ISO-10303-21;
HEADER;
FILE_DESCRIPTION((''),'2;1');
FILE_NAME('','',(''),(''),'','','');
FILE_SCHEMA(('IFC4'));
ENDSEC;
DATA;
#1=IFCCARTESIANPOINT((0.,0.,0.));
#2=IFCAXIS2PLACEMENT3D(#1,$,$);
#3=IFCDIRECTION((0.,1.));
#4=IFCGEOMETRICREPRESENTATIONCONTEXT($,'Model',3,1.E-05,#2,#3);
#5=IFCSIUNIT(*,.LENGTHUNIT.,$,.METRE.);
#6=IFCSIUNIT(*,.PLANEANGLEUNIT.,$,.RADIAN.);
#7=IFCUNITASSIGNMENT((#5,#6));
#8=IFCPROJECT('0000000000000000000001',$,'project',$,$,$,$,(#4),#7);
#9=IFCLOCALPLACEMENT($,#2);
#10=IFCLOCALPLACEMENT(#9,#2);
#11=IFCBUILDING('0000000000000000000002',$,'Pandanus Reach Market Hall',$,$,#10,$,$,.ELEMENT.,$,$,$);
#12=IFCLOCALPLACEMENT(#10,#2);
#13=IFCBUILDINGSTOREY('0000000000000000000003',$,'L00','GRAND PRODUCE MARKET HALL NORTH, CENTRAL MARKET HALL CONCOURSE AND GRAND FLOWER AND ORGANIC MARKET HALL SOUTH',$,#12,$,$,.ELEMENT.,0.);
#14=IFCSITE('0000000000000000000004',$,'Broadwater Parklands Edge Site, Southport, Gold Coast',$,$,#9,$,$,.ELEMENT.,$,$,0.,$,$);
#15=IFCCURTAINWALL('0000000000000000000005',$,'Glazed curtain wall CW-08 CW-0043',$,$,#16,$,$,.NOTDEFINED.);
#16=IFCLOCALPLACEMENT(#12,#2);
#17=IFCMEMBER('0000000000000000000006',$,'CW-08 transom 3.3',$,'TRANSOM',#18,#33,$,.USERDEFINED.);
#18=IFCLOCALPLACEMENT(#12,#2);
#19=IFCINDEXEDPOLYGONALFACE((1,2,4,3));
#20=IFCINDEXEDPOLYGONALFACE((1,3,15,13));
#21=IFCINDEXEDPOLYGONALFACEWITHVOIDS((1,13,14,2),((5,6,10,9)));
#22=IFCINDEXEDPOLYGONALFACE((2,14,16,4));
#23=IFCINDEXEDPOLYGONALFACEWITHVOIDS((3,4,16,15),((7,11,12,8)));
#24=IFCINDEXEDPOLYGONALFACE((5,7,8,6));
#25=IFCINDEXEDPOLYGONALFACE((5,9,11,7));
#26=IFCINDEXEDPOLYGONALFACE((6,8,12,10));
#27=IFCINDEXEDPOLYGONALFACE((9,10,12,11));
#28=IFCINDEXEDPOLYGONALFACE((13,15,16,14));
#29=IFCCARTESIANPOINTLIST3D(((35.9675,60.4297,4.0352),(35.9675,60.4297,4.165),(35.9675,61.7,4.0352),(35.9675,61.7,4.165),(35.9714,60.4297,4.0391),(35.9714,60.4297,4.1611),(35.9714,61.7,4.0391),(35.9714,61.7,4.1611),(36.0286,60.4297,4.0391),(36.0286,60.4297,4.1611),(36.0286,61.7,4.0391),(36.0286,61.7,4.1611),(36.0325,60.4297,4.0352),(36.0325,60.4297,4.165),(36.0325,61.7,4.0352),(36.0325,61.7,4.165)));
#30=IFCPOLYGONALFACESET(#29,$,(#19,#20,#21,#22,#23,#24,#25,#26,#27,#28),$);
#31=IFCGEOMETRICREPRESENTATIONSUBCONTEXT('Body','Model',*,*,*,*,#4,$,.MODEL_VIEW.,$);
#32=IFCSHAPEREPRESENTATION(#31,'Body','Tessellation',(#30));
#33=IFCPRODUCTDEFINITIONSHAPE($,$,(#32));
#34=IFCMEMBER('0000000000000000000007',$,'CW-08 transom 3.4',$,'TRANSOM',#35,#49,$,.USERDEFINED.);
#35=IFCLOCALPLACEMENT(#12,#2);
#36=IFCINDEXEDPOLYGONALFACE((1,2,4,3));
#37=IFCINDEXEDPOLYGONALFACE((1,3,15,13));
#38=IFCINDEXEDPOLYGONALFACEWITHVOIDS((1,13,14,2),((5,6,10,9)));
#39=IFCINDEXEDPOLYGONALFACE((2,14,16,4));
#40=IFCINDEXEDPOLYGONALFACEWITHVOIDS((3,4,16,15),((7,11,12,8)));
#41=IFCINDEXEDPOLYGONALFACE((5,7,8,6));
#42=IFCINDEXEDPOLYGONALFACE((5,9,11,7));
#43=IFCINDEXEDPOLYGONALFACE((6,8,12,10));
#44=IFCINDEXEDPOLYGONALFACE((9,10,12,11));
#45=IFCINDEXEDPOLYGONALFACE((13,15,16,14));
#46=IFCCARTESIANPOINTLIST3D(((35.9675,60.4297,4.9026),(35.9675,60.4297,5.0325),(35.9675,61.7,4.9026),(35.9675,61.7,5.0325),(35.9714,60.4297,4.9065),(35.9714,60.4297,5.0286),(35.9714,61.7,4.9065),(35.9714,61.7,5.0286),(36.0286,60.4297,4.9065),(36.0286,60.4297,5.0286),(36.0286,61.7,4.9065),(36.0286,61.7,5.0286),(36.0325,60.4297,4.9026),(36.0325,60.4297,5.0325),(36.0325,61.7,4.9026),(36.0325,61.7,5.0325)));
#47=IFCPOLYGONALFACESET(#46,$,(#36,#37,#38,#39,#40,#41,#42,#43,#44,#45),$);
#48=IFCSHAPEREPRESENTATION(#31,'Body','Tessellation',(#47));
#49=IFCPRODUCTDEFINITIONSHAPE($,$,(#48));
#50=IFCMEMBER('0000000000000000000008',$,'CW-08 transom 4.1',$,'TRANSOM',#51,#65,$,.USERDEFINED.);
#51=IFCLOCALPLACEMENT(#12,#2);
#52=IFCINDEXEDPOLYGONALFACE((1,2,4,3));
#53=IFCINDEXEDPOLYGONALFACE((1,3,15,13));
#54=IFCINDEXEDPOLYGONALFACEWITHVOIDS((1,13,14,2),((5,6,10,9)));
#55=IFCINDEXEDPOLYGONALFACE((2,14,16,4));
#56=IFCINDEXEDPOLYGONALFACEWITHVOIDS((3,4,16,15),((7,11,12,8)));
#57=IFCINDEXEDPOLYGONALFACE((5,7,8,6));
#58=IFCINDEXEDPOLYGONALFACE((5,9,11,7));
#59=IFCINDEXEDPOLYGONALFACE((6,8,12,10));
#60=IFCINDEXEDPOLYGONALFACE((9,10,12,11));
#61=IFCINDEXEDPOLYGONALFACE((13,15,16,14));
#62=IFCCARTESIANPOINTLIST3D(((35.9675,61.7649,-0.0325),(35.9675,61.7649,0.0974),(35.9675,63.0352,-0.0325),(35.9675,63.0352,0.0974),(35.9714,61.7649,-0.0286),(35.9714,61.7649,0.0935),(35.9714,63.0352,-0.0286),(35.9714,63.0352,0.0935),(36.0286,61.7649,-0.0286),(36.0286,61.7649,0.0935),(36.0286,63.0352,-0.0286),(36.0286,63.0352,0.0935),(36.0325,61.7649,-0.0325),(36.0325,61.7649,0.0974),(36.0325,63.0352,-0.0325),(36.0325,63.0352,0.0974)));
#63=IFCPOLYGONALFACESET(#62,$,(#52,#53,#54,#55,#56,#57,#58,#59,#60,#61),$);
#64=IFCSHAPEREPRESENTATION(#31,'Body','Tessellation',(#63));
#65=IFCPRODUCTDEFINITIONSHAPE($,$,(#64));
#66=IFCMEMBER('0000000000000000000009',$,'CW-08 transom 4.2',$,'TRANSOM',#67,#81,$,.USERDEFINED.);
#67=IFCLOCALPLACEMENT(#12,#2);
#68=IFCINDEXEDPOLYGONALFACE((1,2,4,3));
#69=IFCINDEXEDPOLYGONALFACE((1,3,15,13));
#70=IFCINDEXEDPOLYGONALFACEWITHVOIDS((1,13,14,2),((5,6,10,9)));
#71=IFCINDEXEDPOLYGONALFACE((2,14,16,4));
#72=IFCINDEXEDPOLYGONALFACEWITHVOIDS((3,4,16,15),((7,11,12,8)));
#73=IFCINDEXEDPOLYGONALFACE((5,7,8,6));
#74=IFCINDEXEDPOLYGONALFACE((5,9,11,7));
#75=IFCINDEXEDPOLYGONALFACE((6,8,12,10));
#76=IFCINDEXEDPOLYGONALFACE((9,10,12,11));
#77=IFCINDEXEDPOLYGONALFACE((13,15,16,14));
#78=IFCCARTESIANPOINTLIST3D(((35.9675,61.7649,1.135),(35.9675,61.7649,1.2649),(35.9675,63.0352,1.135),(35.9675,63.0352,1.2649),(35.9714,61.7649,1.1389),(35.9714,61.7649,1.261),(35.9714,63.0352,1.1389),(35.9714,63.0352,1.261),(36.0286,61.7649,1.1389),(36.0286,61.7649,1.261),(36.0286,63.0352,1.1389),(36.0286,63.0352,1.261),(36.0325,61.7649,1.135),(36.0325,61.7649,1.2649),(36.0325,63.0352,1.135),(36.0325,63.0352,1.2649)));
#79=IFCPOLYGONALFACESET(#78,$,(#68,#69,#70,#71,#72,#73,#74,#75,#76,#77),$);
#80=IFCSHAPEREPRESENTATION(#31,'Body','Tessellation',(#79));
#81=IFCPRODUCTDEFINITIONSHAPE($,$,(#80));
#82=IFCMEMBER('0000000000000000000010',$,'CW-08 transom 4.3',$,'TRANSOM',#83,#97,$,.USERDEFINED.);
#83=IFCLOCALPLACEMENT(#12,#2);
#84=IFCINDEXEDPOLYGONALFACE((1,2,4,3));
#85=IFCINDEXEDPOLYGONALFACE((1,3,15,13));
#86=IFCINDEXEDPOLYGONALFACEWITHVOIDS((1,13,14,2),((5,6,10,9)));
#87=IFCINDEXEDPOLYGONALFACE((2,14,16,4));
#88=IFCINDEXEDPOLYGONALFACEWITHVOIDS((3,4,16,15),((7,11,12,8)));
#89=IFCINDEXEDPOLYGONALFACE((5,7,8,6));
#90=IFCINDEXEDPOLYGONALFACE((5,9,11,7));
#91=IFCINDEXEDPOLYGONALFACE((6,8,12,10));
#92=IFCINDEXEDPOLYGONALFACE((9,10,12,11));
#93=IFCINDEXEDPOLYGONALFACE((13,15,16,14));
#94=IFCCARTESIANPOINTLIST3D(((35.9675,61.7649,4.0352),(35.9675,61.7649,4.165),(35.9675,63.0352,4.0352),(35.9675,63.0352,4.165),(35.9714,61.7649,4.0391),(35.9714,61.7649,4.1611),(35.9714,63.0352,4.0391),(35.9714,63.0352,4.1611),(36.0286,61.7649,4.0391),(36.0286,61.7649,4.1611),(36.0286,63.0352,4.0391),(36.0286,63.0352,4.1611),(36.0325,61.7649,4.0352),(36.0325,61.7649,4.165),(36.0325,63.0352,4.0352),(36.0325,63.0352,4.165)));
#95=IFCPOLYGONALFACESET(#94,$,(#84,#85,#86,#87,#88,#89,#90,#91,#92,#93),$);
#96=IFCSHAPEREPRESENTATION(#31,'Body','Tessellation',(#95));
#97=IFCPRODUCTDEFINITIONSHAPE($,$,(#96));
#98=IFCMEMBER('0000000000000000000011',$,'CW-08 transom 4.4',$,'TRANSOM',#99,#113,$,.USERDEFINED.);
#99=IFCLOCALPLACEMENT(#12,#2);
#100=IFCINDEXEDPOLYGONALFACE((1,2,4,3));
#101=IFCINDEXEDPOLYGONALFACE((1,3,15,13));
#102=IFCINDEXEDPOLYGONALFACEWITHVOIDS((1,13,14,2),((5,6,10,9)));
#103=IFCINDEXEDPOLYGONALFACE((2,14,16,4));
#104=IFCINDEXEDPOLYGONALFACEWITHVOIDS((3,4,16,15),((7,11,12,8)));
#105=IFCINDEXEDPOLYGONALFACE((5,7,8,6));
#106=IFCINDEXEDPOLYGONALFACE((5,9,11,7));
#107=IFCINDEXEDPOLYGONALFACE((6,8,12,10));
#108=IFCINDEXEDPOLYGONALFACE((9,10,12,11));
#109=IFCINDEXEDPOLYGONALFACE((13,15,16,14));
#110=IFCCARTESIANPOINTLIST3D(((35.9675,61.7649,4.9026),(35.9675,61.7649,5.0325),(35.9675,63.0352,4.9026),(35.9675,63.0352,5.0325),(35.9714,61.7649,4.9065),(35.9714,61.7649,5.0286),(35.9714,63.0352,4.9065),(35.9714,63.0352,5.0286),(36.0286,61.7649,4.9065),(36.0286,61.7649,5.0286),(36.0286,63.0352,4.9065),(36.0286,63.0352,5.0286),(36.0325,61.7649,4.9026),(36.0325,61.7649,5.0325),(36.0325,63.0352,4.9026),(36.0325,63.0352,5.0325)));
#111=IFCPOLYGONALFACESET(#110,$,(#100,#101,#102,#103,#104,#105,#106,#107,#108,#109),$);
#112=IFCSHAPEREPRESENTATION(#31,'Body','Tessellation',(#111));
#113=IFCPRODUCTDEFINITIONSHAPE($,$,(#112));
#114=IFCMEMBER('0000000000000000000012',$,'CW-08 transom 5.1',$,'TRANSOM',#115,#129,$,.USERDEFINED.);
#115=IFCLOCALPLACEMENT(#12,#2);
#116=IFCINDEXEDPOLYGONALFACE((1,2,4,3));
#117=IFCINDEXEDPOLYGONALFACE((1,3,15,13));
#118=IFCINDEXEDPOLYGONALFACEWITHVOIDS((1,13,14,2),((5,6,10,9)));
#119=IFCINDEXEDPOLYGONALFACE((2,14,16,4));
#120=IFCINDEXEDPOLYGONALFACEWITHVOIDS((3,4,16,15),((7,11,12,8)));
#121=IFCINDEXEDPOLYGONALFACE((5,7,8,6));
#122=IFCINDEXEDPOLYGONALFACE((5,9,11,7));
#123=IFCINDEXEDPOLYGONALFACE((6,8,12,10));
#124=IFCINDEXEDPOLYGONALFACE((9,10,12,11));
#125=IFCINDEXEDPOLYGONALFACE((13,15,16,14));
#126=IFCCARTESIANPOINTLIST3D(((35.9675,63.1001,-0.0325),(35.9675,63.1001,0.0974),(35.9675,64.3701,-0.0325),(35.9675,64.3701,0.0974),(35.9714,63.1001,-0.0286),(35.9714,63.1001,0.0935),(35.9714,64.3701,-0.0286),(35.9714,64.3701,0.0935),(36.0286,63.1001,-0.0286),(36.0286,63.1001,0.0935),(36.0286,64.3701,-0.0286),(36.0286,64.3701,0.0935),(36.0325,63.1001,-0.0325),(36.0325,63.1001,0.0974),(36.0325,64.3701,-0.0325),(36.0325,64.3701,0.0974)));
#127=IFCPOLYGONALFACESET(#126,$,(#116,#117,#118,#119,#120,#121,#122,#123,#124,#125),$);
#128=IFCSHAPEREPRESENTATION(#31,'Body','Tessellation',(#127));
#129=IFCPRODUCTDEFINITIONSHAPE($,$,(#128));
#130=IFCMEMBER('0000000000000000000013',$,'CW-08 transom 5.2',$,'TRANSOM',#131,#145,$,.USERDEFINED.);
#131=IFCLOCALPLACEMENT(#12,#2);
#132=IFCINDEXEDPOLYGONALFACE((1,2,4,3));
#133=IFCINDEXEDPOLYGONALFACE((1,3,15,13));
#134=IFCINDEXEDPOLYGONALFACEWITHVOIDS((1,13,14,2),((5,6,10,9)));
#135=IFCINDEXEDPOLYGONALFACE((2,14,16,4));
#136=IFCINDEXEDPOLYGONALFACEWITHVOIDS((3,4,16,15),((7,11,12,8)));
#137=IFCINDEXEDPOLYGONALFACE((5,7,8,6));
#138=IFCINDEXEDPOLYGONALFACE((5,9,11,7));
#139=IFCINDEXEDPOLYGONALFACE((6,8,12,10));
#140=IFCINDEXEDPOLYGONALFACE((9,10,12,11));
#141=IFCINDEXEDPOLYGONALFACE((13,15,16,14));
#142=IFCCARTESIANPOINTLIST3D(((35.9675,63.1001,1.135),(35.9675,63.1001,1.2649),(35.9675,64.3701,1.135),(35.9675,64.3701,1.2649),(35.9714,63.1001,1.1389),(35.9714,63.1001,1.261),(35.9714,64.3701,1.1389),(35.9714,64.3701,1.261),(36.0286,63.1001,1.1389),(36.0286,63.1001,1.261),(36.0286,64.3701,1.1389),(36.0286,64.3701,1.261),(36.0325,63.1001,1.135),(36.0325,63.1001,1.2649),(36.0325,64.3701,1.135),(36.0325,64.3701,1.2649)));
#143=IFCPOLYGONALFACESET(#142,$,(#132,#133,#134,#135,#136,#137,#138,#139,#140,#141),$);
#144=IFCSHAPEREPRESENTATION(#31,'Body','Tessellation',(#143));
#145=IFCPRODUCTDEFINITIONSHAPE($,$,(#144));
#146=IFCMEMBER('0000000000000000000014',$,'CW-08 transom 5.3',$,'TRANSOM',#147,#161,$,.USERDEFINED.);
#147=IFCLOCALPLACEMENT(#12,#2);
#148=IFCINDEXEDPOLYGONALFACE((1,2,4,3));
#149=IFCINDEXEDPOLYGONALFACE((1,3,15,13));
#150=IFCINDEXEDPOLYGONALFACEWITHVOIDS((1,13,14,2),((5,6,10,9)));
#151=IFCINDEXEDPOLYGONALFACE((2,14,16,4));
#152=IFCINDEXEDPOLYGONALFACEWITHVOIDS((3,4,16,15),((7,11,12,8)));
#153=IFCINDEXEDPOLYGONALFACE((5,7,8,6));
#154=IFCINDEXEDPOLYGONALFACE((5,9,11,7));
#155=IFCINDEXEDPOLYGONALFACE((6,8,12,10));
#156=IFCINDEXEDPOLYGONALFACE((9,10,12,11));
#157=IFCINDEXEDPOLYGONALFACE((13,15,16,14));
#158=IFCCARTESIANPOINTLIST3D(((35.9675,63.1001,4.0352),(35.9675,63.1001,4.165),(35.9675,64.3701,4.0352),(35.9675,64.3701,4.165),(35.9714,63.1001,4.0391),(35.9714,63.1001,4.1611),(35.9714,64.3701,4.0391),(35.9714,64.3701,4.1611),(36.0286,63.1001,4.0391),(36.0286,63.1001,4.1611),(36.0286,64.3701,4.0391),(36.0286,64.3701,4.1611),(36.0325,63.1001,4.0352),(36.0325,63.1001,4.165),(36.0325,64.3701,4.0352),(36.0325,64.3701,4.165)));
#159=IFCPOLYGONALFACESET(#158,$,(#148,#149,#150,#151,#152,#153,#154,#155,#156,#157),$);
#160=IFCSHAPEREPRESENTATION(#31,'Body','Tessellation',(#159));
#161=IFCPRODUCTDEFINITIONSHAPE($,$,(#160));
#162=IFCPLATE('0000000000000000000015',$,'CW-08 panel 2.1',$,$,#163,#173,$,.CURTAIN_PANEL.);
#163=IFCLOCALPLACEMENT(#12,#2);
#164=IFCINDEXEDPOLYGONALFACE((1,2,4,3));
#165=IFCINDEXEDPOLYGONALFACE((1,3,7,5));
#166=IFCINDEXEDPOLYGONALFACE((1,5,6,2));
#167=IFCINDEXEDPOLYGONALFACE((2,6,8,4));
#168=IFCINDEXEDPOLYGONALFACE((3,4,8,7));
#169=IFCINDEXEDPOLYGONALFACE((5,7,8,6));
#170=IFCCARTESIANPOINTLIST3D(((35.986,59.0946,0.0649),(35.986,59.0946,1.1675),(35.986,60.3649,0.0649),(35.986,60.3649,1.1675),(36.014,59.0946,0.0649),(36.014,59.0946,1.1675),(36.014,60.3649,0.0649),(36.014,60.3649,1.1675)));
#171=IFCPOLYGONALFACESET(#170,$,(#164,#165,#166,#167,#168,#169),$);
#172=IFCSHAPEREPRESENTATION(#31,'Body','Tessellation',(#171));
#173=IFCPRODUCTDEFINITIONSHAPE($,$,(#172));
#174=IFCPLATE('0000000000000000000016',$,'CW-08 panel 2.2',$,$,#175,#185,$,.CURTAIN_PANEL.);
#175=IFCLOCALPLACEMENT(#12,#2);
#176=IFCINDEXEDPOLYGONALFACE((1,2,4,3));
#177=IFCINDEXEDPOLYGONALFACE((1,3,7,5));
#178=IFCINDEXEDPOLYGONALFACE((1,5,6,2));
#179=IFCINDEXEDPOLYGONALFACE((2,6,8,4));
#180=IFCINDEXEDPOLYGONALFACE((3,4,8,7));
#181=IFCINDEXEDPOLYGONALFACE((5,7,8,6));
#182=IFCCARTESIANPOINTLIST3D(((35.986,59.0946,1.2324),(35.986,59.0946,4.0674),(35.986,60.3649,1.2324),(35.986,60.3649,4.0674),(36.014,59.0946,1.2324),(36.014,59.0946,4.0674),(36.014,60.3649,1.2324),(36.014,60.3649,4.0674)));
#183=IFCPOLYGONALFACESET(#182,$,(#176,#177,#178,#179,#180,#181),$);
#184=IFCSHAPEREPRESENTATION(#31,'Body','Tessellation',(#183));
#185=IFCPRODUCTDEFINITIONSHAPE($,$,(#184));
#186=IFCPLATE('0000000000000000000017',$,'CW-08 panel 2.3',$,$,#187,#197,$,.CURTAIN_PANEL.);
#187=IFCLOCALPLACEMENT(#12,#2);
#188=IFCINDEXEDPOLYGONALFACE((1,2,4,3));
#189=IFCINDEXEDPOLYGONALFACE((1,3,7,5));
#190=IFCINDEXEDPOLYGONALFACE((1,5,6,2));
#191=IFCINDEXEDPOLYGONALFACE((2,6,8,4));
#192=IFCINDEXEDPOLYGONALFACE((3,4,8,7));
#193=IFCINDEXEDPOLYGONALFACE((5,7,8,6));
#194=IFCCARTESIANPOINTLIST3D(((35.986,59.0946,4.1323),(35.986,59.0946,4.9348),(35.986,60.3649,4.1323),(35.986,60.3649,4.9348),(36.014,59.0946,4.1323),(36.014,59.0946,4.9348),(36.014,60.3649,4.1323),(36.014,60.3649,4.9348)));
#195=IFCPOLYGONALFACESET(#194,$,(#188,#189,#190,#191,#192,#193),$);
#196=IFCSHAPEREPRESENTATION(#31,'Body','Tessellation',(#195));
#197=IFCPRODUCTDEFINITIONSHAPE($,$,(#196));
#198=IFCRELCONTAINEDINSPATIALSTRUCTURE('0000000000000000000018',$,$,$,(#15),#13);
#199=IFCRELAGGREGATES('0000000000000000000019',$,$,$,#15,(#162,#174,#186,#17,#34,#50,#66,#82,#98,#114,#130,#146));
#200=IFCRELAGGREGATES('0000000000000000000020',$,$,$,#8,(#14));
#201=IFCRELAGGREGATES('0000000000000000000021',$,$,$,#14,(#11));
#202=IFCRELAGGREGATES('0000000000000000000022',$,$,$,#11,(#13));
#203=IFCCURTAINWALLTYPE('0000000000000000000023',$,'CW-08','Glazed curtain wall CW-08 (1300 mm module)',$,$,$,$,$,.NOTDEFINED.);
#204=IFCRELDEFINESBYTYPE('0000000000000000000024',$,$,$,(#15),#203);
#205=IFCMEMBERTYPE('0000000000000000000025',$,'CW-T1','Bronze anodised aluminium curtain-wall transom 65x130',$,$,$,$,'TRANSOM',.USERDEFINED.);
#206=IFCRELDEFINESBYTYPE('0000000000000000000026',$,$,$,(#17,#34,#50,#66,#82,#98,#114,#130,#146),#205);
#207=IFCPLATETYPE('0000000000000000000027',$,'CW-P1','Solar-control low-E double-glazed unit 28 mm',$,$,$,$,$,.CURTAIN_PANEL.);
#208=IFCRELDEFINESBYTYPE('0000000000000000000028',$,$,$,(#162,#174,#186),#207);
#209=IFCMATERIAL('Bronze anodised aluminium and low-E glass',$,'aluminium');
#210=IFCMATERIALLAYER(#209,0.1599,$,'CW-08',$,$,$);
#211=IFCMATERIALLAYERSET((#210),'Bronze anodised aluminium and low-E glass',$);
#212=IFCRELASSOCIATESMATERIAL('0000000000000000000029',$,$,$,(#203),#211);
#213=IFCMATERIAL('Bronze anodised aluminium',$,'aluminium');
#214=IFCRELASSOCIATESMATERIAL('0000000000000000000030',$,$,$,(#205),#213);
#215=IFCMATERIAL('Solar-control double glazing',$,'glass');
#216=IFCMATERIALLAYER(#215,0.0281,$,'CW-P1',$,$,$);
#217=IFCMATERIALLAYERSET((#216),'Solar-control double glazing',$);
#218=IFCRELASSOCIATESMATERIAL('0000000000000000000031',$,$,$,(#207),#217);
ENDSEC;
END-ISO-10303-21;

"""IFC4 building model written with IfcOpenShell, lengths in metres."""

from ifc_helpers import new_model, si_unit, direction, frame, origin, origin_2d, place, context, subcontext, project, spatial, rectangle, hollow_rectangle, extrude, material, layer, layer_set, material_profile, profile_set, type_object, element, aggregate, save


model = new_model("IFC4")

# Units and contexts
model_context = context("Model", 3, precision=1e-05, world=origin(), true_north=direction((0.0, 1.0)))
body_context = subcontext(model_context, "Body", "Model", "MODEL_VIEW")
ifc_project = project(units=[si_unit("LENGTHUNIT", "METRE"), si_unit("PLANEANGLEUNIT", "RADIAN")], contexts=[model_context])

# Site, building, storey
site_placement = place(None, origin())
site = spatial("IfcSite", under=ifc_project, at=site_placement, Name="Broadwater Parklands Edge Site, Southport, Gold Coast", CompositionType="ELEMENT", RefElevation=0.0)
building_placement = place(site_placement, origin())
building = spatial("IfcBuilding", under=site, at=building_placement, Name="Pandanus Reach Market Hall", CompositionType="ELEMENT")
storey_placement = place(building_placement, origin())
storey = spatial("IfcBuildingStorey", under=building, at=storey_placement, Name="L00", Description="GRAND PRODUCE MARKET HALL NORTH, CENTRAL MARKET HALL CONCOURSE AND GRAND FLOWER AND ORGANIC MARKET HALL SOUTH", CompositionType="ELEMENT", Elevation=0.0)

# Curtain wall, members, plates
ifc_material_1 = material(Name="Bronze anodised aluminium and low-E glass", Category="aluminium")
ifc_layer_1 = layer(ifc_material_1, 0.1599, Name="CW-08")
ifc_layer_set_1 = layer_set([ifc_layer_1], Name="Bronze anodised aluminium and low-E glass")
curtain_wall_type = type_object("IfcCurtainWallType", Name="CW-08", Description="Glazed curtain wall CW-08 (1300 mm module)", PredefinedType="NOTDEFINED", material=ifc_layer_set_1)
curtain_wall_placement = place(storey_placement, origin())
curtain_wall = element("IfcCurtainWall", 1, at=curtain_wall_placement, inside=storey, type_object=curtain_wall_type, Name="Glazed curtain wall CW-08 CW-0043", PredefinedType="NOTDEFINED")
ifc_material_2 = material(Name="Bronze anodised aluminium", Category="aluminium")
ifc_material_profile_1 = material_profile(ifc_material_2, hollow_rectangle(XDim=0.0649, YDim=0.1299, WallThickness=0.0039, at=origin_2d()), Name="ALU65x130", Category="LoadBearing")
ifc_profile_set_1 = profile_set([ifc_material_profile_1], Name="Bronze anodised aluminium")
member_type_1 = type_object("IfcMemberType", Name="CW-T1", Description="Bronze anodised aluminium curtain-wall transom 65x130", ElementType="TRANSOM", PredefinedType="USERDEFINED", material=ifc_profile_set_1)
member_1_placement = place(storey_placement, frame((36.0, 60.4297, 4.1001), z_axis=(0.0, 1.0, 0.0), x_axis=(-1.0, 0.0, 0.0)))
member_1 = element("IfcMember", 2, at=member_1_placement, type_object=member_type_1, Name="CW-08 transom 3.3", ObjectType="TRANSOM", PredefinedType="USERDEFINED", context=body_context, shape_type="SweptSolid", body=[
    extrude(hollow_rectangle(XDim=0.0649, YDim=0.1299, WallThickness=0.0039, at=origin_2d()), origin(), (0.0, 0.0, 1.0), 1.2703),
])
member_2_placement = place(storey_placement, frame((36.0, 60.4297, 4.9675), z_axis=(0.0, 1.0, 0.0), x_axis=(-1.0, 0.0, 0.0)))
member_2 = element("IfcMember", 3, at=member_2_placement, type_object=member_type_1, Name="CW-08 transom 3.4", ObjectType="TRANSOM", PredefinedType="USERDEFINED", context=body_context, shape_type="SweptSolid", body=[
    extrude(hollow_rectangle(XDim=0.0649, YDim=0.1299, WallThickness=0.0039, at=origin_2d()), origin(), (0.0, 0.0, 1.0), 1.2703),
])
member_3_placement = place(storey_placement, frame((36.0, 61.7649, 0.0325), z_axis=(0.0, 1.0, 0.0), x_axis=(-1.0, 0.0, 0.0)))
member_3 = element("IfcMember", 4, at=member_3_placement, type_object=member_type_1, Name="CW-08 transom 4.1", ObjectType="TRANSOM", PredefinedType="USERDEFINED", context=body_context, shape_type="SweptSolid", body=[
    extrude(hollow_rectangle(XDim=0.0649, YDim=0.1299, WallThickness=0.0039, at=origin_2d()), origin(), (0.0, 0.0, 1.0), 1.2703),
])
member_4_placement = place(storey_placement, frame((36.0, 61.7649, 1.2), z_axis=(0.0, 1.0, 0.0), x_axis=(-1.0, 0.0, 0.0)))
member_4 = element("IfcMember", 5, at=member_4_placement, type_object=member_type_1, Name="CW-08 transom 4.2", ObjectType="TRANSOM", PredefinedType="USERDEFINED", context=body_context, shape_type="SweptSolid", body=[
    extrude(hollow_rectangle(XDim=0.0649, YDim=0.1299, WallThickness=0.0039, at=origin_2d()), origin(), (0.0, 0.0, 1.0), 1.2703),
])
member_5_placement = place(storey_placement, frame((36.0, 61.7649, 4.1001), z_axis=(0.0, 1.0, 0.0), x_axis=(-1.0, 0.0, 0.0)))
member_5 = element("IfcMember", 6, at=member_5_placement, type_object=member_type_1, Name="CW-08 transom 4.3", ObjectType="TRANSOM", PredefinedType="USERDEFINED", context=body_context, shape_type="SweptSolid", body=[
    extrude(hollow_rectangle(XDim=0.0649, YDim=0.1299, WallThickness=0.0039, at=origin_2d()), origin(), (0.0, 0.0, 1.0), 1.2703),
])
member_6_placement = place(storey_placement, frame((36.0, 61.7649, 4.9675), z_axis=(0.0, 1.0, 0.0), x_axis=(-1.0, 0.0, 0.0)))
member_6 = element("IfcMember", 7, at=member_6_placement, type_object=member_type_1, Name="CW-08 transom 4.4", ObjectType="TRANSOM", PredefinedType="USERDEFINED", context=body_context, shape_type="SweptSolid", body=[
    extrude(hollow_rectangle(XDim=0.0649, YDim=0.1299, WallThickness=0.0039, at=origin_2d()), origin(), (0.0, 0.0, 1.0), 1.2703),
])
member_7_placement = place(storey_placement, frame((36.0, 63.1001, 0.0325), z_axis=(0.0, 1.0, 0.0), x_axis=(-1.0, 0.0, 0.0)))
member_7 = element("IfcMember", 8, at=member_7_placement, type_object=member_type_1, Name="CW-08 transom 5.1", ObjectType="TRANSOM", PredefinedType="USERDEFINED", context=body_context, shape_type="SweptSolid", body=[
    extrude(hollow_rectangle(XDim=0.0649, YDim=0.1299, WallThickness=0.0039, at=origin_2d()), origin(), (0.0, 0.0, 1.0), 1.27),
])
member_8_placement = place(storey_placement, frame((36.0, 63.1001, 1.2), z_axis=(0.0, 1.0, 0.0), x_axis=(-1.0, 0.0, 0.0)))
member_8 = element("IfcMember", 9, at=member_8_placement, type_object=member_type_1, Name="CW-08 transom 5.2", ObjectType="TRANSOM", PredefinedType="USERDEFINED", context=body_context, shape_type="SweptSolid", body=[
    extrude(hollow_rectangle(XDim=0.0649, YDim=0.1299, WallThickness=0.0039, at=origin_2d()), origin(), (0.0, 0.0, 1.0), 1.27),
])
member_9_placement = place(storey_placement, frame((36.0, 63.1001, 4.1001), z_axis=(0.0, 1.0, 0.0), x_axis=(-1.0, 0.0, 0.0)))
member_9 = element("IfcMember", 10, at=member_9_placement, type_object=member_type_1, Name="CW-08 transom 5.3", ObjectType="TRANSOM", PredefinedType="USERDEFINED", context=body_context, shape_type="SweptSolid", body=[
    extrude(hollow_rectangle(XDim=0.0649, YDim=0.1299, WallThickness=0.0039, at=origin_2d()), origin(), (0.0, 0.0, 1.0), 1.27),
])
ifc_material_3 = material(Name="Solar-control double glazing", Category="glass")
ifc_layer_2 = layer(ifc_material_3, 0.0281, Name="CW-P1")
ifc_layer_set_2 = layer_set([ifc_layer_2], Name="Solar-control double glazing")
plate_type = type_object("IfcPlateType", Name="CW-P1", Description="Solar-control low-E double-glazed unit 28 mm", PredefinedType="CURTAIN_PANEL", material=ifc_layer_set_2)
plate_1_placement = place(storey_placement, frame((36.0, 59.7297, 0.0649), z_axis=(0.0, 0.0, 1.0), x_axis=(0.0, 1.0, 0.0)))
plate_1 = element("IfcPlate", 11, at=plate_1_placement, type_object=plate_type, Name="CW-08 panel 2.1", PredefinedType="CURTAIN_PANEL", context=body_context, shape_type="SweptSolid", body=[
    extrude(rectangle(XDim=1.2703, YDim=0.0281, at=origin_2d()), origin(), (0.0, 0.0, 1.0), 1.1025),
])
plate_2_placement = place(storey_placement, frame((36.0, 59.7297, 1.2324), z_axis=(0.0, 0.0, 1.0), x_axis=(0.0, 1.0, 0.0)))
plate_2 = element("IfcPlate", 12, at=plate_2_placement, type_object=plate_type, Name="CW-08 panel 2.2", PredefinedType="CURTAIN_PANEL", context=body_context, shape_type="SweptSolid", body=[
    extrude(rectangle(XDim=1.2703, YDim=0.0281, at=origin_2d()), origin(), (0.0, 0.0, 1.0), 2.835),
])
plate_3_placement = place(storey_placement, frame((36.0, 59.7297, 4.1323), z_axis=(0.0, 0.0, 1.0), x_axis=(0.0, 1.0, 0.0)))
plate_3 = element("IfcPlate", 13, at=plate_3_placement, type_object=plate_type, Name="CW-08 panel 2.3", PredefinedType="CURTAIN_PANEL", context=body_context, shape_type="SweptSolid", body=[
    extrude(rectangle(XDim=1.2703, YDim=0.0281, at=origin_2d()), origin(), (0.0, 0.0, 1.0), 0.8025),
])
aggregate(curtain_wall, [plate_1, plate_2, plate_3, member_1, member_2, member_3, member_4, member_5, member_6, member_7, member_8, member_9])

save(model, "model.ifc")
